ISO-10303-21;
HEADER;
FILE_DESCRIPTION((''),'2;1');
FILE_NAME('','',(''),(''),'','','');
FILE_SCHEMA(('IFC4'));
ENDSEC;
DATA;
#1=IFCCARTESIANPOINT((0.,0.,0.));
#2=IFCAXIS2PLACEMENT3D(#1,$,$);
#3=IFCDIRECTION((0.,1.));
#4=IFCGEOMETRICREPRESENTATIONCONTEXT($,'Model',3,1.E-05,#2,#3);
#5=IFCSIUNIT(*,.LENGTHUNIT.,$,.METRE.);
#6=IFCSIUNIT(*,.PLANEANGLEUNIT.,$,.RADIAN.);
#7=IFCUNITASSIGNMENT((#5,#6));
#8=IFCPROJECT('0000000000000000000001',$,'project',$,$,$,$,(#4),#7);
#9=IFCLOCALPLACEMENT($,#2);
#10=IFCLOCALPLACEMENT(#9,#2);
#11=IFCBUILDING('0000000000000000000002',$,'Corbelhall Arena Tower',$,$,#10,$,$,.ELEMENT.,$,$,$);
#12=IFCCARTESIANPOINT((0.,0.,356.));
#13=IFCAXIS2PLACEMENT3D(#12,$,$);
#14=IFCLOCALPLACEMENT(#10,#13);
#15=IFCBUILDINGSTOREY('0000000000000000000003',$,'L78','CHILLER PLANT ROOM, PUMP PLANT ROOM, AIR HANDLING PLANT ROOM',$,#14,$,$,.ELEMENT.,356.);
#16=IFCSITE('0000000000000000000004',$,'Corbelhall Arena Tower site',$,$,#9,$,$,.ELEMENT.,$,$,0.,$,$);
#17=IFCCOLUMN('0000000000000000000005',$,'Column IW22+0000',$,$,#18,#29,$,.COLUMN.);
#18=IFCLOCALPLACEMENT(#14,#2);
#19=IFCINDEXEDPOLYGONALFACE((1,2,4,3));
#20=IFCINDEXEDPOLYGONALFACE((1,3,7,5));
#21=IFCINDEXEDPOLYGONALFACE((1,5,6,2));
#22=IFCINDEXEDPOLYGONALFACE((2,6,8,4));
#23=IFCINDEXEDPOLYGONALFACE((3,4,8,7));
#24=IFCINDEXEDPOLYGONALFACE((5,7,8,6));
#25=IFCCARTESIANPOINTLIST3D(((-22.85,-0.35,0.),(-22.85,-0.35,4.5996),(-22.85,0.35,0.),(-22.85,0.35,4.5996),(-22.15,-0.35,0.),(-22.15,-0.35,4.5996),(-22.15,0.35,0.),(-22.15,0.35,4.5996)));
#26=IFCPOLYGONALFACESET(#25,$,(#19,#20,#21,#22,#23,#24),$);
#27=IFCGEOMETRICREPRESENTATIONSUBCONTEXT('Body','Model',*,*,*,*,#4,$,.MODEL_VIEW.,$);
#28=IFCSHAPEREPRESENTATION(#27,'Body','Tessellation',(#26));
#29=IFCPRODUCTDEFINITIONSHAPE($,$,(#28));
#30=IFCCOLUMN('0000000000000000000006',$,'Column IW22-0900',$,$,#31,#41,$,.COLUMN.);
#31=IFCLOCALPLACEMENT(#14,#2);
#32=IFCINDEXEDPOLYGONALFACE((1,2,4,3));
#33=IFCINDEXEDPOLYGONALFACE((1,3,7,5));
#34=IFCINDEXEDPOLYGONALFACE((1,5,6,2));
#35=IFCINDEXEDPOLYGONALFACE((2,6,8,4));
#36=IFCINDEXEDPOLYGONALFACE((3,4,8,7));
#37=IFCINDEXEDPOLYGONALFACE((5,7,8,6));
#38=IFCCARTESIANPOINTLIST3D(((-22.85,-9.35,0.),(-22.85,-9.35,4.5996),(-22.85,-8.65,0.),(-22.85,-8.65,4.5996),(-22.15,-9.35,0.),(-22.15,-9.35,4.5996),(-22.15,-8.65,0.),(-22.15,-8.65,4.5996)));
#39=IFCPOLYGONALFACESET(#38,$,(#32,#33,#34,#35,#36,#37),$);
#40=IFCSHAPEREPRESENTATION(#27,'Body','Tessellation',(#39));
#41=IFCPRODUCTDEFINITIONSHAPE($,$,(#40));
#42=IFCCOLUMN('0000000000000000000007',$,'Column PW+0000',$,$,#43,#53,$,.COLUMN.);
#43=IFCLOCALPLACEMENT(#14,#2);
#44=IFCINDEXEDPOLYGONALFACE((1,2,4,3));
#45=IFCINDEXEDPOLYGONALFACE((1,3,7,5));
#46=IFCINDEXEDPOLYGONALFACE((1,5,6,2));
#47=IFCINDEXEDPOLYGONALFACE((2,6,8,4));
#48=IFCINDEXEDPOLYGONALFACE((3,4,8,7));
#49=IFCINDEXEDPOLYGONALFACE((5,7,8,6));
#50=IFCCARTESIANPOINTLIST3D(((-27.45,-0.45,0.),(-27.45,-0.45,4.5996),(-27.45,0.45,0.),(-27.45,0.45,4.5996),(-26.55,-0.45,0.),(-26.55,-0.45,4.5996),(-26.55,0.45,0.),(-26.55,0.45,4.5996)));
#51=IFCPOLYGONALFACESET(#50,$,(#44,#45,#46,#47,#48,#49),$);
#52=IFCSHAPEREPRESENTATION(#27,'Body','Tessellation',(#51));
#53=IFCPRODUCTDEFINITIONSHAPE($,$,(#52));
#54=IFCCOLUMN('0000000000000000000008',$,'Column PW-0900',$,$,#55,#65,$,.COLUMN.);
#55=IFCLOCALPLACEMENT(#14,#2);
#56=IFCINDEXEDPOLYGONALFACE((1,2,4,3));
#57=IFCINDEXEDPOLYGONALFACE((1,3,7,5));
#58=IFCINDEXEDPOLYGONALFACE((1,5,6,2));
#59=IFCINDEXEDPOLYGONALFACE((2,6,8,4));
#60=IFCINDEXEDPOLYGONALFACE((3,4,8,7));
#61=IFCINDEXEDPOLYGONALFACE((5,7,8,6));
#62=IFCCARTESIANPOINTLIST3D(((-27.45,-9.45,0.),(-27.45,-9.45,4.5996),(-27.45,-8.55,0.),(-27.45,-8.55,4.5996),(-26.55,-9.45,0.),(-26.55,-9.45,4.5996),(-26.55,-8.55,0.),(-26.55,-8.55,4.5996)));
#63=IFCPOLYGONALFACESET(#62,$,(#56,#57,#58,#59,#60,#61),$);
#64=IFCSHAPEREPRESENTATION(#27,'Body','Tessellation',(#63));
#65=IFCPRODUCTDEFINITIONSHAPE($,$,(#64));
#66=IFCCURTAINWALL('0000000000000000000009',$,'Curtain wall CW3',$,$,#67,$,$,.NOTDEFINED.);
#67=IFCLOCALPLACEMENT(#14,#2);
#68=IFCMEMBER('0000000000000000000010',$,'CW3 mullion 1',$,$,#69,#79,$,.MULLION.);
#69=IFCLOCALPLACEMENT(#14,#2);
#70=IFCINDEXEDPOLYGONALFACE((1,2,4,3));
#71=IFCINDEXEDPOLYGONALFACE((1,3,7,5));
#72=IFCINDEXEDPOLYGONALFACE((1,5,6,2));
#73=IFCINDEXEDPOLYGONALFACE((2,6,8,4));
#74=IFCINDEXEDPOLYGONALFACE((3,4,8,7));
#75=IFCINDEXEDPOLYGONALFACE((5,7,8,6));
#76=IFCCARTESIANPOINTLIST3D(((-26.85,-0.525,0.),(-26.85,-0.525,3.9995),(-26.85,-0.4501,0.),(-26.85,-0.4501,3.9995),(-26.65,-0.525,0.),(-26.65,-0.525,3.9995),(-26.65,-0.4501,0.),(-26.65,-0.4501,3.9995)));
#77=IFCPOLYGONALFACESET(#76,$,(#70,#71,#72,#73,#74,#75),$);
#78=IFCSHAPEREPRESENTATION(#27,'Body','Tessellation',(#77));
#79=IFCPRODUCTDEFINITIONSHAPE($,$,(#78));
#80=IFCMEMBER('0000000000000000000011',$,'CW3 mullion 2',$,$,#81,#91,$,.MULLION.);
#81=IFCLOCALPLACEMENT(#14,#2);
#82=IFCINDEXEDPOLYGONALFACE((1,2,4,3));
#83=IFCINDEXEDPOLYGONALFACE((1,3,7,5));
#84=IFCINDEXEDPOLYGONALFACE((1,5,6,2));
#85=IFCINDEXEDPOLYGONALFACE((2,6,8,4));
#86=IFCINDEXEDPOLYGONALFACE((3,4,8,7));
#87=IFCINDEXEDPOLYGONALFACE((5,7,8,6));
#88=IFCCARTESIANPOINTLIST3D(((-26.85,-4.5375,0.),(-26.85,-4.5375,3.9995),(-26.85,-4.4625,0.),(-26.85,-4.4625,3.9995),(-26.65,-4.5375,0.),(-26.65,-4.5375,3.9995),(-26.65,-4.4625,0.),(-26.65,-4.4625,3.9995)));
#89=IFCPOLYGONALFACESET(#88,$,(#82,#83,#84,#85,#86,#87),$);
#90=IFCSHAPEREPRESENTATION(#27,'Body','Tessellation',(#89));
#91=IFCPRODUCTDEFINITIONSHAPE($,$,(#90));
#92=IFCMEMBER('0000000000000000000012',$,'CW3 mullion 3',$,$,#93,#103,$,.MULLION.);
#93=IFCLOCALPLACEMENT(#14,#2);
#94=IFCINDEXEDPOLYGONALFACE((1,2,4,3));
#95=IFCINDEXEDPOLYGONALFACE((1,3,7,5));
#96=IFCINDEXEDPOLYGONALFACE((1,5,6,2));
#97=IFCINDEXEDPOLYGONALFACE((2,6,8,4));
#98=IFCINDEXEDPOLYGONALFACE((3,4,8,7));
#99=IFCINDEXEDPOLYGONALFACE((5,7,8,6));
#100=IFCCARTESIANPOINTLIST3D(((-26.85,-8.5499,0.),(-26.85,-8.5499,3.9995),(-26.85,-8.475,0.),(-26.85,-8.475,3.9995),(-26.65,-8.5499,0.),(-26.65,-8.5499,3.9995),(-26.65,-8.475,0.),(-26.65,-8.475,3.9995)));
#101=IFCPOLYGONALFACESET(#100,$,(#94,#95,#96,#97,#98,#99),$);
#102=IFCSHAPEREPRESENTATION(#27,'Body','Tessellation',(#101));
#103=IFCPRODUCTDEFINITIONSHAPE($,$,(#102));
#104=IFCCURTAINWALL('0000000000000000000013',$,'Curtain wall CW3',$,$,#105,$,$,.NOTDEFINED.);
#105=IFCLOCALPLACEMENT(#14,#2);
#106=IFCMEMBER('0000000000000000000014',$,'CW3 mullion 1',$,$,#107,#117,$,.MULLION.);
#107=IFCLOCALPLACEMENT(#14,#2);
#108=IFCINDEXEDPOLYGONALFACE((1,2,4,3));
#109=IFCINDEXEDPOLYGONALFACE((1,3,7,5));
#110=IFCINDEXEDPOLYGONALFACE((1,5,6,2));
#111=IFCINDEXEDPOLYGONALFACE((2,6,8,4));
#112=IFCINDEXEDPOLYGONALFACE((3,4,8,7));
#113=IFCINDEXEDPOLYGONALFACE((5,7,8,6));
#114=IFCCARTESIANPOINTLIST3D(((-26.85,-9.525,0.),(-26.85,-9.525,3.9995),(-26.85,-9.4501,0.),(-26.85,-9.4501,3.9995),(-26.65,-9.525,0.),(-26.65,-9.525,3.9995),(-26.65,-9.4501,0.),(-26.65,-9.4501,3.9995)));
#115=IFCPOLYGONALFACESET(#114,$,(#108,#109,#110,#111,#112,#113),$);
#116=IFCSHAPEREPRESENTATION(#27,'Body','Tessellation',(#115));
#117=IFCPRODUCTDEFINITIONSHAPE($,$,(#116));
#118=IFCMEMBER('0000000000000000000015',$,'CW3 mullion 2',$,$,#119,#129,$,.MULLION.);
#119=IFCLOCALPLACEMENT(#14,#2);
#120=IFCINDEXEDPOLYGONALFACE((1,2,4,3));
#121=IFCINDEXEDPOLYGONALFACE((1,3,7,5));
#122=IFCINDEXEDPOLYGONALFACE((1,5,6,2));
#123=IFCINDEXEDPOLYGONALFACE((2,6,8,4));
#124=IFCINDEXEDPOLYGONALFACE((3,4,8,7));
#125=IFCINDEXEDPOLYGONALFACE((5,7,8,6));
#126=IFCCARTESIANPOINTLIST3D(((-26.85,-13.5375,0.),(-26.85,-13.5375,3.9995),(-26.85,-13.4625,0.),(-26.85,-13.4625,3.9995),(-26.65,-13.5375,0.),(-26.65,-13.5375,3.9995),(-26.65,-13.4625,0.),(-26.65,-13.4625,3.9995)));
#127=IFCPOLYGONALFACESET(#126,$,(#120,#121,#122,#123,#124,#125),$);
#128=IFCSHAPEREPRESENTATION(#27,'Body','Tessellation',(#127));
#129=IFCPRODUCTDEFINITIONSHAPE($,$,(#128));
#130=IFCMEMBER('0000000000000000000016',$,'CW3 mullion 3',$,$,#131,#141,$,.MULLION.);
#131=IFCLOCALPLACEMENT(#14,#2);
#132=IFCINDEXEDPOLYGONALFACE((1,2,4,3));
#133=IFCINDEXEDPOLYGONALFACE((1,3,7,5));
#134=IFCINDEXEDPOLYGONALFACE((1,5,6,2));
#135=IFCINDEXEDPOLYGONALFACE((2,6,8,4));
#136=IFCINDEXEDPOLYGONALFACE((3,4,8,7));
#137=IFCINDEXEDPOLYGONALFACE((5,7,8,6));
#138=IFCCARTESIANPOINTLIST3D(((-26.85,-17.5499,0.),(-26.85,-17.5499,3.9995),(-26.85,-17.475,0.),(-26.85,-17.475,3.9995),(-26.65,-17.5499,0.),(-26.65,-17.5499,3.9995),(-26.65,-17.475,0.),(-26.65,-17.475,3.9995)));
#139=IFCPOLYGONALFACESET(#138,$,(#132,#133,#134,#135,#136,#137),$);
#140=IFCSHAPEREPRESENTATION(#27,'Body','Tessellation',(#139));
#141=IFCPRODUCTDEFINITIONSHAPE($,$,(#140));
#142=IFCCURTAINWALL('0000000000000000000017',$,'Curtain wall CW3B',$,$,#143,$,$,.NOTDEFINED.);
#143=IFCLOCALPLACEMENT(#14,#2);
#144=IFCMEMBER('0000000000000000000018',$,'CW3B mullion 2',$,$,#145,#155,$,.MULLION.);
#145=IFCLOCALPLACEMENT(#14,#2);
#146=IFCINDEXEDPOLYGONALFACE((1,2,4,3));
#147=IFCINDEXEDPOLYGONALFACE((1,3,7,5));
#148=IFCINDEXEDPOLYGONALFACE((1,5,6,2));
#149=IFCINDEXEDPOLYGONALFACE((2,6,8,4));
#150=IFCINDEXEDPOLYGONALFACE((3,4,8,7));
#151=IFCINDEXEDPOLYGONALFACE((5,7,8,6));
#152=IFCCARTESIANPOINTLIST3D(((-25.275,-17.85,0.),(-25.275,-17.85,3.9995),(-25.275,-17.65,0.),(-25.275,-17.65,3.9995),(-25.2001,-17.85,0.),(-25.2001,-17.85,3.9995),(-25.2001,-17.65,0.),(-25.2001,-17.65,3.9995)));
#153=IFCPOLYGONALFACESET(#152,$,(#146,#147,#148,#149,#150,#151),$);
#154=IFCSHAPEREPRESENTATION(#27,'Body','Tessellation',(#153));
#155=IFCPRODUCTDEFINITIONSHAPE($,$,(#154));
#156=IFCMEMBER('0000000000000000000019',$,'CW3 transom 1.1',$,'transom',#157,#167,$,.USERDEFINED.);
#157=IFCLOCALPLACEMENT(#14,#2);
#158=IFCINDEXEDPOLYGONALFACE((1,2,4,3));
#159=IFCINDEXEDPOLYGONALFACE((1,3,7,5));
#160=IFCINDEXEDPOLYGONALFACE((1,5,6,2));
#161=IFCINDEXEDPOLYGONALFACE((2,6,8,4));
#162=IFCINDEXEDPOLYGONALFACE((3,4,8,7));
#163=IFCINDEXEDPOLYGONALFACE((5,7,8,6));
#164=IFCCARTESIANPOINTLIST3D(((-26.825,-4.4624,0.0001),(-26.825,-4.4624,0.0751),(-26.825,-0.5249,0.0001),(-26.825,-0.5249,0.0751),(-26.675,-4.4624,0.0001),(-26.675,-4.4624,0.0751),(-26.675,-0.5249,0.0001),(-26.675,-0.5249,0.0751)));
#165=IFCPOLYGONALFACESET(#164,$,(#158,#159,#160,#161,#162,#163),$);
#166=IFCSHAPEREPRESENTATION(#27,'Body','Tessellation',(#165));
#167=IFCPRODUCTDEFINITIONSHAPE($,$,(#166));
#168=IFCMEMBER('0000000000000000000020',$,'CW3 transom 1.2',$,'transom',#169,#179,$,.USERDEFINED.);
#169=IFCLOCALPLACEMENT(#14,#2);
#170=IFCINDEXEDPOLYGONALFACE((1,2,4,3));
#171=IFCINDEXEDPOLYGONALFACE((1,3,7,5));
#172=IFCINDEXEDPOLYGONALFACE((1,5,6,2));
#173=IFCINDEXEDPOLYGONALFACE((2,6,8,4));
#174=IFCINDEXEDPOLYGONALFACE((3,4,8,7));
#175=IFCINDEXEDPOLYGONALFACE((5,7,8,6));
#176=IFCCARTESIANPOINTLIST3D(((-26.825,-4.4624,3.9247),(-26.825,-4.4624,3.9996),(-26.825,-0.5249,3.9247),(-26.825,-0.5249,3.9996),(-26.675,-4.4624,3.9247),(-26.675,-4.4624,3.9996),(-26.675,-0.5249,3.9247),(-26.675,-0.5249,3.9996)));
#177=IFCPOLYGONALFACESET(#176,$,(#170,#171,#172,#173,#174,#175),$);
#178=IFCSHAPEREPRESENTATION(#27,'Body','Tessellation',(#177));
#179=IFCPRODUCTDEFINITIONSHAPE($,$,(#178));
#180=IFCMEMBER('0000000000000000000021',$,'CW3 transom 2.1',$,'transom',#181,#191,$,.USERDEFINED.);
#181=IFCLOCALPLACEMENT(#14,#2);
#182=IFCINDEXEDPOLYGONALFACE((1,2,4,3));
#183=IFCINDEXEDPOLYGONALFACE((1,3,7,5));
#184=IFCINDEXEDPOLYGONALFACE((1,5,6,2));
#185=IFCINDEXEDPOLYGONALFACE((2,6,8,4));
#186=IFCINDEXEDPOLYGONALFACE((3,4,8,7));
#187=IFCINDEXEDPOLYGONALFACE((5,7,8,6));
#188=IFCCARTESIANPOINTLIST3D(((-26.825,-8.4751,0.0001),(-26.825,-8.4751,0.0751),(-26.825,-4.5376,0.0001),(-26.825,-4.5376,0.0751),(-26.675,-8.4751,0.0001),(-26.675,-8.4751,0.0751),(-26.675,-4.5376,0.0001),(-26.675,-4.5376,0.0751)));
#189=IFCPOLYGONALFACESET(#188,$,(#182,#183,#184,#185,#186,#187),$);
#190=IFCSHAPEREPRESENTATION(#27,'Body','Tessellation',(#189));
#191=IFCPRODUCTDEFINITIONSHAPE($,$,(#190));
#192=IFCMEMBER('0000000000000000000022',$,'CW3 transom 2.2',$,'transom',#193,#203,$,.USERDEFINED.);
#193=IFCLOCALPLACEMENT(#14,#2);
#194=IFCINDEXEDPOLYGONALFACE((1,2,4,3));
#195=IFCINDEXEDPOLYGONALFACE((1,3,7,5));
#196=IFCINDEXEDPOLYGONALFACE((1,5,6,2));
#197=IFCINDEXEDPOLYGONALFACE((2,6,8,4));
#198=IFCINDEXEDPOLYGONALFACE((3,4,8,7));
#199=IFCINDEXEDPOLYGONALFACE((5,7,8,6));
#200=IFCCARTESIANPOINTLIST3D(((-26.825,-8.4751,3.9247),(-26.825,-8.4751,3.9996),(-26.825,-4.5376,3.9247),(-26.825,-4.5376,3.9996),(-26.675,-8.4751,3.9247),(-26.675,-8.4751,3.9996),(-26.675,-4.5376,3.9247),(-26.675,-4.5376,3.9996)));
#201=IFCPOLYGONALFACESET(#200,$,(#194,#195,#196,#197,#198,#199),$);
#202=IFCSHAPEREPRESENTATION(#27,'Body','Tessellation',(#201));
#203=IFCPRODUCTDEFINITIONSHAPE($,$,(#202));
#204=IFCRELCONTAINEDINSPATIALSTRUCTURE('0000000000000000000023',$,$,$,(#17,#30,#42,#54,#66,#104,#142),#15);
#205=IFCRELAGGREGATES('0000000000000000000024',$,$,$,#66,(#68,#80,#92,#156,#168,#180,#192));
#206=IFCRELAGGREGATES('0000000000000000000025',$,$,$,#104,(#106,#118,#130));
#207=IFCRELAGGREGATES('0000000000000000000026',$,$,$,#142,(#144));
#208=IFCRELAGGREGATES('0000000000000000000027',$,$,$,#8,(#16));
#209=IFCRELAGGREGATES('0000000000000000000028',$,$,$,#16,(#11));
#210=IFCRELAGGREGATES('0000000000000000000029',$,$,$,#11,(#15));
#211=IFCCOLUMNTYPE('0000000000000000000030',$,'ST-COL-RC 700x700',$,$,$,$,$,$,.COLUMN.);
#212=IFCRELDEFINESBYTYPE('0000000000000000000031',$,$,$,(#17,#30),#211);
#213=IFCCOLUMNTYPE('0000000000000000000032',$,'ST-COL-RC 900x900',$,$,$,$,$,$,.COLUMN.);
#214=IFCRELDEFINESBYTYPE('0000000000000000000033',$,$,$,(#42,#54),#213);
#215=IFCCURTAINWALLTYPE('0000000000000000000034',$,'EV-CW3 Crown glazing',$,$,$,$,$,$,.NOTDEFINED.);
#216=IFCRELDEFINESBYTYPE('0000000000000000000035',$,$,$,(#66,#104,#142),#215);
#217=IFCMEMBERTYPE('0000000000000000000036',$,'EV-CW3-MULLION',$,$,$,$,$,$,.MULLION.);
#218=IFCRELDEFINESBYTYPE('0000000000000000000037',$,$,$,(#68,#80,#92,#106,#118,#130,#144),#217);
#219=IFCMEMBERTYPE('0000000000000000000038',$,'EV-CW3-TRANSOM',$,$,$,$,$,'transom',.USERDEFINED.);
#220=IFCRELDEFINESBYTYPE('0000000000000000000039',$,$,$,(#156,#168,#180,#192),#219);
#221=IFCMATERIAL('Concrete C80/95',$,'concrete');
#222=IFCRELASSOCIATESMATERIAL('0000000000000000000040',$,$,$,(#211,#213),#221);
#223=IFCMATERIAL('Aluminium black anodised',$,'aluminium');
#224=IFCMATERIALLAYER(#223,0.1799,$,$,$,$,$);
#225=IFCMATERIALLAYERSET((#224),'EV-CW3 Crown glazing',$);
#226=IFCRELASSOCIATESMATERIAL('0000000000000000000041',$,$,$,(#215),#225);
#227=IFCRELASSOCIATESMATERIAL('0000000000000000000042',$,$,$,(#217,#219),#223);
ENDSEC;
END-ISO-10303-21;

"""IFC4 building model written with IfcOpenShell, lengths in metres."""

from ifc_helpers import new_model, si_unit, direction, frame, origin, origin_2d, place, context, subcontext, project, spatial, rectangle, extrude, material, layer, layer_set, material_profile, profile_set, type_object, element, aggregate, save


model = new_model("IFC4")

# Units and contexts
model_context = context("Model", 3, precision=1e-05, world=origin(), true_north=direction((0.0, 1.0)))
body_context = subcontext(model_context, "Body", "Model", "MODEL_VIEW")
ifc_project = project(units=[si_unit("LENGTHUNIT", "METRE"), si_unit("PLANEANGLEUNIT", "RADIAN")], contexts=[model_context])

# Site, building, storey
site_placement = place(None, origin())
site = spatial("IfcSite", under=ifc_project, at=site_placement, Name="Corbelhall Arena Tower site", CompositionType="ELEMENT", RefElevation=0.0)
building_placement = place(site_placement, origin())
building = spatial("IfcBuilding", under=site, at=building_placement, Name="Corbelhall Arena Tower", CompositionType="ELEMENT")
storey_placement = place(building_placement, frame((0.0, 0.0, 356.0)))
storey = spatial("IfcBuildingStorey", under=building, at=storey_placement, Name="L78", Description="CHILLER PLANT ROOM, PUMP PLANT ROOM, AIR HANDLING PLANT ROOM", CompositionType="ELEMENT", Elevation=356.0)

# Columns
ifc_material_1 = material(Name="Concrete C80/95", Category="concrete")
ifc_material_profile_1 = material_profile(ifc_material_1, rectangle(XDim=0.7, YDim=0.7, at=origin_2d()))
ifc_profile_set_1 = profile_set([ifc_material_profile_1], Name="Concrete C80/95")
column_type_1 = type_object("IfcColumnType", Name="ST-COL-RC 700x700", PredefinedType="COLUMN", material=ifc_profile_set_1)
for number, where, z_axis, x_axis, name in (
    (1, (-22.5, 0.0, 0.0), (0.0, 0.0, 1.0), (1.0, 0.0, 0.0), "Column IW22+0000"),
    (2, (-22.5, -9.0, 0.0), (0.0, 0.0, 1.0), (1.0, 0.0, 0.0), "Column IW22-0900"),
):
    element("IfcColumn", number, at=place(storey_placement, frame(where, z_axis=z_axis, x_axis=x_axis)), inside=storey, type_object=column_type_1, Name=name, PredefinedType="COLUMN", context=body_context, shape_type="SweptSolid", body=[
        extrude(rectangle(XDim=0.7, YDim=0.7, at=origin_2d()), origin(), (0.0, 0.0, 1.0), 4.5996),
    ])
ifc_material_profile_2 = material_profile(ifc_material_1, rectangle(XDim=0.8999, YDim=0.8999, at=origin_2d()))
ifc_profile_set_2 = profile_set([ifc_material_profile_2], Name="Concrete C80/95")
column_type_2 = type_object("IfcColumnType", Name="ST-COL-RC 900x900", PredefinedType="COLUMN", material=ifc_profile_set_2)
for number, where, z_axis, x_axis, name in (
    (3, (-27.0, 0.0, 0.0), (0.0, 0.0, 1.0), (0.0, 1.0, 0.0), "Column PW+0000"),
    (4, (-27.0, -9.0, 0.0), (0.0, 0.0, 1.0), (0.0, 1.0, 0.0), "Column PW-0900"),
):
    element("IfcColumn", number, at=place(storey_placement, frame(where, z_axis=z_axis, x_axis=x_axis)), inside=storey, type_object=column_type_2, Name=name, PredefinedType="COLUMN", context=body_context, shape_type="SweptSolid", body=[
        extrude(rectangle(XDim=0.8999, YDim=0.8999, at=origin_2d()), origin(), (0.0, 0.0, 1.0), 4.5996),
    ])

# Curtain walls, members
ifc_material_2 = material(Name="Aluminium black anodised", Category="aluminium")
ifc_layer_1 = layer(ifc_material_2, 0.1799)
ifc_layer_set_1 = layer_set([ifc_layer_1], Name="EV-CW3 Crown glazing")
curtain_wall_type = type_object("IfcCurtainWallType", Name="EV-CW3 Crown glazing", PredefinedType="NOTDEFINED", material=ifc_layer_set_1)
curtain_wall_1_placement = place(storey_placement, origin())
curtain_wall_1 = element("IfcCurtainWall", 5, at=curtain_wall_1_placement, inside=storey, type_object=curtain_wall_type, Name="Curtain wall CW3", PredefinedType="NOTDEFINED")
ifc_material_profile_3 = material_profile(ifc_material_2, rectangle(XDim=0.2, YDim=0.075, at=origin_2d()))
ifc_profile_set_3 = profile_set([ifc_material_profile_3], Name="Aluminium black anodised")
member_type_1 = type_object("IfcMemberType", Name="EV-CW3-MULLION", PredefinedType="MULLION", material=ifc_profile_set_3)
member_1_placement = place(storey_placement, frame((-26.75, -0.4875, 0.0), z_axis=(0.0, 0.0, 1.0), x_axis=(1.0, 0.0, 0.0)))
member_1 = element("IfcMember", 6, at=member_1_placement, type_object=member_type_1, Name="CW3 mullion 1", PredefinedType="MULLION", context=body_context, shape_type="SweptSolid", body=[
    extrude(rectangle(XDim=0.2, YDim=0.075, at=origin_2d()), origin(), (0.0, 0.0, 1.0), 3.9995),
])
member_2_placement = place(storey_placement, frame((-26.75, -4.5, 0.0), z_axis=(0.0, 0.0, 1.0), x_axis=(1.0, 0.0, 0.0)))
member_2 = element("IfcMember", 7, at=member_2_placement, type_object=member_type_1, Name="CW3 mullion 2", PredefinedType="MULLION", context=body_context, shape_type="SweptSolid", body=[
    extrude(rectangle(XDim=0.2, YDim=0.075, at=origin_2d()), origin(), (0.0, 0.0, 1.0), 3.9995),
])
member_3_placement = place(storey_placement, frame((-26.75, -8.5125, 0.0), z_axis=(0.0, 0.0, 1.0), x_axis=(1.0, 0.0, 0.0)))
member_3 = element("IfcMember", 8, at=member_3_placement, type_object=member_type_1, Name="CW3 mullion 3", PredefinedType="MULLION", context=body_context, shape_type="SweptSolid", body=[
    extrude(rectangle(XDim=0.2, YDim=0.075, at=origin_2d()), origin(), (0.0, 0.0, 1.0), 3.9995),
])
curtain_wall_2_placement = place(storey_placement, origin())
curtain_wall_2 = element("IfcCurtainWall", 9, at=curtain_wall_2_placement, inside=storey, type_object=curtain_wall_type, Name="Curtain wall CW3", PredefinedType="NOTDEFINED")
member_4_placement = place(storey_placement, frame((-26.75, -9.4875, 0.0), z_axis=(0.0, 0.0, 1.0), x_axis=(1.0, 0.0, 0.0)))
member_4 = element("IfcMember", 10, at=member_4_placement, type_object=member_type_1, Name="CW3 mullion 1", PredefinedType="MULLION", context=body_context, shape_type="SweptSolid", body=[
    extrude(rectangle(XDim=0.2, YDim=0.075, at=origin_2d()), origin(), (0.0, 0.0, 1.0), 3.9995),
])
member_5_placement = place(storey_placement, frame((-26.75, -13.5, 0.0), z_axis=(0.0, 0.0, 1.0), x_axis=(1.0, 0.0, 0.0)))
member_5 = element("IfcMember", 11, at=member_5_placement, type_object=member_type_1, Name="CW3 mullion 2", PredefinedType="MULLION", context=body_context, shape_type="SweptSolid", body=[
    extrude(rectangle(XDim=0.2, YDim=0.075, at=origin_2d()), origin(), (0.0, 0.0, 1.0), 3.9995),
])
member_6_placement = place(storey_placement, frame((-26.75, -17.5125, 0.0), z_axis=(0.0, 0.0, 1.0), x_axis=(1.0, 0.0, 0.0)))
member_6 = element("IfcMember", 12, at=member_6_placement, type_object=member_type_1, Name="CW3 mullion 3", PredefinedType="MULLION", context=body_context, shape_type="SweptSolid", body=[
    extrude(rectangle(XDim=0.2, YDim=0.075, at=origin_2d()), origin(), (0.0, 0.0, 1.0), 3.9995),
])

# Curtain wall, member
curtain_wall_3_placement = place(storey_placement, origin())
curtain_wall_3 = element("IfcCurtainWall", 13, at=curtain_wall_3_placement, inside=storey, type_object=curtain_wall_type, Name="Curtain wall CW3B", PredefinedType="NOTDEFINED")
member_7_placement = place(storey_placement, frame((-25.2375, -17.75, 0.0), z_axis=(0.0, 0.0, 1.0), x_axis=(0.0, 1.0, 0.0)))
member_7 = element("IfcMember", 14, at=member_7_placement, type_object=member_type_1, Name="CW3B mullion 2", PredefinedType="MULLION", context=body_context, shape_type="SweptSolid", body=[
    extrude(rectangle(XDim=0.2, YDim=0.075, at=origin_2d()), origin(), (0.0, 0.0, 1.0), 3.9995),
])

# Members
ifc_material_profile_4 = material_profile(ifc_material_2, rectangle(XDim=0.1499, YDim=0.075, at=origin_2d()))
ifc_profile_set_4 = profile_set([ifc_material_profile_4], Name="Aluminium black anodised")
member_type_2 = type_object("IfcMemberType", Name="EV-CW3-TRANSOM", ElementType="transom", PredefinedType="USERDEFINED", material=ifc_profile_set_4)
member_8_placement = place(storey_placement, frame((-26.75, -0.5249, 0.0376), z_axis=(0.0, -1.0, 0.0), x_axis=(1.0, 0.0, 0.0)))
member_8 = element("IfcMember", 15, at=member_8_placement, type_object=member_type_2, Name="CW3 transom 1.1", ObjectType="transom", PredefinedType="USERDEFINED", context=body_context, shape_type="SweptSolid", body=[
    extrude(rectangle(XDim=0.1499, YDim=0.075, at=origin_2d()), origin(), (0.0, 0.0, 1.0), 3.9375),
])
member_9_placement = place(storey_placement, frame((-26.75, -0.5249, 3.9622), z_axis=(0.0, -1.0, 0.0), x_axis=(1.0, 0.0, 0.0)))
member_9 = element("IfcMember", 16, at=member_9_placement, type_object=member_type_2, Name="CW3 transom 1.2", ObjectType="transom", PredefinedType="USERDEFINED", context=body_context, shape_type="SweptSolid", body=[
    extrude(rectangle(XDim=0.1499, YDim=0.075, at=origin_2d()), origin(), (0.0, 0.0, 1.0), 3.9375),
])
member_10_placement = place(storey_placement, frame((-26.75, -4.5376, 0.0376), z_axis=(0.0, -1.0, 0.0), x_axis=(1.0, 0.0, 0.0)))
member_10 = element("IfcMember", 17, at=member_10_placement, type_object=member_type_2, Name="CW3 transom 2.1", ObjectType="transom", PredefinedType="USERDEFINED", context=body_context, shape_type="SweptSolid", body=[
    extrude(rectangle(XDim=0.1499, YDim=0.075, at=origin_2d()), origin(), (0.0, 0.0, 1.0), 3.9375),
])
member_11_placement = place(storey_placement, frame((-26.75, -4.5376, 3.9622), z_axis=(0.0, -1.0, 0.0), x_axis=(1.0, 0.0, 0.0)))
member_11 = element("IfcMember", 18, at=member_11_placement, type_object=member_type_2, Name="CW3 transom 2.2", ObjectType="transom", PredefinedType="USERDEFINED", context=body_context, shape_type="SweptSolid", body=[
    extrude(rectangle(XDim=0.1499, YDim=0.075, at=origin_2d()), origin(), (0.0, 0.0, 1.0), 3.9375),
])

aggregate(curtain_wall_1, [member_1, member_2, member_3, member_8, member_9, member_10, member_11])
aggregate(curtain_wall_2, [member_4, member_5, member_6])
aggregate(curtain_wall_3, [member_7])

save(model, "model.ifc")
